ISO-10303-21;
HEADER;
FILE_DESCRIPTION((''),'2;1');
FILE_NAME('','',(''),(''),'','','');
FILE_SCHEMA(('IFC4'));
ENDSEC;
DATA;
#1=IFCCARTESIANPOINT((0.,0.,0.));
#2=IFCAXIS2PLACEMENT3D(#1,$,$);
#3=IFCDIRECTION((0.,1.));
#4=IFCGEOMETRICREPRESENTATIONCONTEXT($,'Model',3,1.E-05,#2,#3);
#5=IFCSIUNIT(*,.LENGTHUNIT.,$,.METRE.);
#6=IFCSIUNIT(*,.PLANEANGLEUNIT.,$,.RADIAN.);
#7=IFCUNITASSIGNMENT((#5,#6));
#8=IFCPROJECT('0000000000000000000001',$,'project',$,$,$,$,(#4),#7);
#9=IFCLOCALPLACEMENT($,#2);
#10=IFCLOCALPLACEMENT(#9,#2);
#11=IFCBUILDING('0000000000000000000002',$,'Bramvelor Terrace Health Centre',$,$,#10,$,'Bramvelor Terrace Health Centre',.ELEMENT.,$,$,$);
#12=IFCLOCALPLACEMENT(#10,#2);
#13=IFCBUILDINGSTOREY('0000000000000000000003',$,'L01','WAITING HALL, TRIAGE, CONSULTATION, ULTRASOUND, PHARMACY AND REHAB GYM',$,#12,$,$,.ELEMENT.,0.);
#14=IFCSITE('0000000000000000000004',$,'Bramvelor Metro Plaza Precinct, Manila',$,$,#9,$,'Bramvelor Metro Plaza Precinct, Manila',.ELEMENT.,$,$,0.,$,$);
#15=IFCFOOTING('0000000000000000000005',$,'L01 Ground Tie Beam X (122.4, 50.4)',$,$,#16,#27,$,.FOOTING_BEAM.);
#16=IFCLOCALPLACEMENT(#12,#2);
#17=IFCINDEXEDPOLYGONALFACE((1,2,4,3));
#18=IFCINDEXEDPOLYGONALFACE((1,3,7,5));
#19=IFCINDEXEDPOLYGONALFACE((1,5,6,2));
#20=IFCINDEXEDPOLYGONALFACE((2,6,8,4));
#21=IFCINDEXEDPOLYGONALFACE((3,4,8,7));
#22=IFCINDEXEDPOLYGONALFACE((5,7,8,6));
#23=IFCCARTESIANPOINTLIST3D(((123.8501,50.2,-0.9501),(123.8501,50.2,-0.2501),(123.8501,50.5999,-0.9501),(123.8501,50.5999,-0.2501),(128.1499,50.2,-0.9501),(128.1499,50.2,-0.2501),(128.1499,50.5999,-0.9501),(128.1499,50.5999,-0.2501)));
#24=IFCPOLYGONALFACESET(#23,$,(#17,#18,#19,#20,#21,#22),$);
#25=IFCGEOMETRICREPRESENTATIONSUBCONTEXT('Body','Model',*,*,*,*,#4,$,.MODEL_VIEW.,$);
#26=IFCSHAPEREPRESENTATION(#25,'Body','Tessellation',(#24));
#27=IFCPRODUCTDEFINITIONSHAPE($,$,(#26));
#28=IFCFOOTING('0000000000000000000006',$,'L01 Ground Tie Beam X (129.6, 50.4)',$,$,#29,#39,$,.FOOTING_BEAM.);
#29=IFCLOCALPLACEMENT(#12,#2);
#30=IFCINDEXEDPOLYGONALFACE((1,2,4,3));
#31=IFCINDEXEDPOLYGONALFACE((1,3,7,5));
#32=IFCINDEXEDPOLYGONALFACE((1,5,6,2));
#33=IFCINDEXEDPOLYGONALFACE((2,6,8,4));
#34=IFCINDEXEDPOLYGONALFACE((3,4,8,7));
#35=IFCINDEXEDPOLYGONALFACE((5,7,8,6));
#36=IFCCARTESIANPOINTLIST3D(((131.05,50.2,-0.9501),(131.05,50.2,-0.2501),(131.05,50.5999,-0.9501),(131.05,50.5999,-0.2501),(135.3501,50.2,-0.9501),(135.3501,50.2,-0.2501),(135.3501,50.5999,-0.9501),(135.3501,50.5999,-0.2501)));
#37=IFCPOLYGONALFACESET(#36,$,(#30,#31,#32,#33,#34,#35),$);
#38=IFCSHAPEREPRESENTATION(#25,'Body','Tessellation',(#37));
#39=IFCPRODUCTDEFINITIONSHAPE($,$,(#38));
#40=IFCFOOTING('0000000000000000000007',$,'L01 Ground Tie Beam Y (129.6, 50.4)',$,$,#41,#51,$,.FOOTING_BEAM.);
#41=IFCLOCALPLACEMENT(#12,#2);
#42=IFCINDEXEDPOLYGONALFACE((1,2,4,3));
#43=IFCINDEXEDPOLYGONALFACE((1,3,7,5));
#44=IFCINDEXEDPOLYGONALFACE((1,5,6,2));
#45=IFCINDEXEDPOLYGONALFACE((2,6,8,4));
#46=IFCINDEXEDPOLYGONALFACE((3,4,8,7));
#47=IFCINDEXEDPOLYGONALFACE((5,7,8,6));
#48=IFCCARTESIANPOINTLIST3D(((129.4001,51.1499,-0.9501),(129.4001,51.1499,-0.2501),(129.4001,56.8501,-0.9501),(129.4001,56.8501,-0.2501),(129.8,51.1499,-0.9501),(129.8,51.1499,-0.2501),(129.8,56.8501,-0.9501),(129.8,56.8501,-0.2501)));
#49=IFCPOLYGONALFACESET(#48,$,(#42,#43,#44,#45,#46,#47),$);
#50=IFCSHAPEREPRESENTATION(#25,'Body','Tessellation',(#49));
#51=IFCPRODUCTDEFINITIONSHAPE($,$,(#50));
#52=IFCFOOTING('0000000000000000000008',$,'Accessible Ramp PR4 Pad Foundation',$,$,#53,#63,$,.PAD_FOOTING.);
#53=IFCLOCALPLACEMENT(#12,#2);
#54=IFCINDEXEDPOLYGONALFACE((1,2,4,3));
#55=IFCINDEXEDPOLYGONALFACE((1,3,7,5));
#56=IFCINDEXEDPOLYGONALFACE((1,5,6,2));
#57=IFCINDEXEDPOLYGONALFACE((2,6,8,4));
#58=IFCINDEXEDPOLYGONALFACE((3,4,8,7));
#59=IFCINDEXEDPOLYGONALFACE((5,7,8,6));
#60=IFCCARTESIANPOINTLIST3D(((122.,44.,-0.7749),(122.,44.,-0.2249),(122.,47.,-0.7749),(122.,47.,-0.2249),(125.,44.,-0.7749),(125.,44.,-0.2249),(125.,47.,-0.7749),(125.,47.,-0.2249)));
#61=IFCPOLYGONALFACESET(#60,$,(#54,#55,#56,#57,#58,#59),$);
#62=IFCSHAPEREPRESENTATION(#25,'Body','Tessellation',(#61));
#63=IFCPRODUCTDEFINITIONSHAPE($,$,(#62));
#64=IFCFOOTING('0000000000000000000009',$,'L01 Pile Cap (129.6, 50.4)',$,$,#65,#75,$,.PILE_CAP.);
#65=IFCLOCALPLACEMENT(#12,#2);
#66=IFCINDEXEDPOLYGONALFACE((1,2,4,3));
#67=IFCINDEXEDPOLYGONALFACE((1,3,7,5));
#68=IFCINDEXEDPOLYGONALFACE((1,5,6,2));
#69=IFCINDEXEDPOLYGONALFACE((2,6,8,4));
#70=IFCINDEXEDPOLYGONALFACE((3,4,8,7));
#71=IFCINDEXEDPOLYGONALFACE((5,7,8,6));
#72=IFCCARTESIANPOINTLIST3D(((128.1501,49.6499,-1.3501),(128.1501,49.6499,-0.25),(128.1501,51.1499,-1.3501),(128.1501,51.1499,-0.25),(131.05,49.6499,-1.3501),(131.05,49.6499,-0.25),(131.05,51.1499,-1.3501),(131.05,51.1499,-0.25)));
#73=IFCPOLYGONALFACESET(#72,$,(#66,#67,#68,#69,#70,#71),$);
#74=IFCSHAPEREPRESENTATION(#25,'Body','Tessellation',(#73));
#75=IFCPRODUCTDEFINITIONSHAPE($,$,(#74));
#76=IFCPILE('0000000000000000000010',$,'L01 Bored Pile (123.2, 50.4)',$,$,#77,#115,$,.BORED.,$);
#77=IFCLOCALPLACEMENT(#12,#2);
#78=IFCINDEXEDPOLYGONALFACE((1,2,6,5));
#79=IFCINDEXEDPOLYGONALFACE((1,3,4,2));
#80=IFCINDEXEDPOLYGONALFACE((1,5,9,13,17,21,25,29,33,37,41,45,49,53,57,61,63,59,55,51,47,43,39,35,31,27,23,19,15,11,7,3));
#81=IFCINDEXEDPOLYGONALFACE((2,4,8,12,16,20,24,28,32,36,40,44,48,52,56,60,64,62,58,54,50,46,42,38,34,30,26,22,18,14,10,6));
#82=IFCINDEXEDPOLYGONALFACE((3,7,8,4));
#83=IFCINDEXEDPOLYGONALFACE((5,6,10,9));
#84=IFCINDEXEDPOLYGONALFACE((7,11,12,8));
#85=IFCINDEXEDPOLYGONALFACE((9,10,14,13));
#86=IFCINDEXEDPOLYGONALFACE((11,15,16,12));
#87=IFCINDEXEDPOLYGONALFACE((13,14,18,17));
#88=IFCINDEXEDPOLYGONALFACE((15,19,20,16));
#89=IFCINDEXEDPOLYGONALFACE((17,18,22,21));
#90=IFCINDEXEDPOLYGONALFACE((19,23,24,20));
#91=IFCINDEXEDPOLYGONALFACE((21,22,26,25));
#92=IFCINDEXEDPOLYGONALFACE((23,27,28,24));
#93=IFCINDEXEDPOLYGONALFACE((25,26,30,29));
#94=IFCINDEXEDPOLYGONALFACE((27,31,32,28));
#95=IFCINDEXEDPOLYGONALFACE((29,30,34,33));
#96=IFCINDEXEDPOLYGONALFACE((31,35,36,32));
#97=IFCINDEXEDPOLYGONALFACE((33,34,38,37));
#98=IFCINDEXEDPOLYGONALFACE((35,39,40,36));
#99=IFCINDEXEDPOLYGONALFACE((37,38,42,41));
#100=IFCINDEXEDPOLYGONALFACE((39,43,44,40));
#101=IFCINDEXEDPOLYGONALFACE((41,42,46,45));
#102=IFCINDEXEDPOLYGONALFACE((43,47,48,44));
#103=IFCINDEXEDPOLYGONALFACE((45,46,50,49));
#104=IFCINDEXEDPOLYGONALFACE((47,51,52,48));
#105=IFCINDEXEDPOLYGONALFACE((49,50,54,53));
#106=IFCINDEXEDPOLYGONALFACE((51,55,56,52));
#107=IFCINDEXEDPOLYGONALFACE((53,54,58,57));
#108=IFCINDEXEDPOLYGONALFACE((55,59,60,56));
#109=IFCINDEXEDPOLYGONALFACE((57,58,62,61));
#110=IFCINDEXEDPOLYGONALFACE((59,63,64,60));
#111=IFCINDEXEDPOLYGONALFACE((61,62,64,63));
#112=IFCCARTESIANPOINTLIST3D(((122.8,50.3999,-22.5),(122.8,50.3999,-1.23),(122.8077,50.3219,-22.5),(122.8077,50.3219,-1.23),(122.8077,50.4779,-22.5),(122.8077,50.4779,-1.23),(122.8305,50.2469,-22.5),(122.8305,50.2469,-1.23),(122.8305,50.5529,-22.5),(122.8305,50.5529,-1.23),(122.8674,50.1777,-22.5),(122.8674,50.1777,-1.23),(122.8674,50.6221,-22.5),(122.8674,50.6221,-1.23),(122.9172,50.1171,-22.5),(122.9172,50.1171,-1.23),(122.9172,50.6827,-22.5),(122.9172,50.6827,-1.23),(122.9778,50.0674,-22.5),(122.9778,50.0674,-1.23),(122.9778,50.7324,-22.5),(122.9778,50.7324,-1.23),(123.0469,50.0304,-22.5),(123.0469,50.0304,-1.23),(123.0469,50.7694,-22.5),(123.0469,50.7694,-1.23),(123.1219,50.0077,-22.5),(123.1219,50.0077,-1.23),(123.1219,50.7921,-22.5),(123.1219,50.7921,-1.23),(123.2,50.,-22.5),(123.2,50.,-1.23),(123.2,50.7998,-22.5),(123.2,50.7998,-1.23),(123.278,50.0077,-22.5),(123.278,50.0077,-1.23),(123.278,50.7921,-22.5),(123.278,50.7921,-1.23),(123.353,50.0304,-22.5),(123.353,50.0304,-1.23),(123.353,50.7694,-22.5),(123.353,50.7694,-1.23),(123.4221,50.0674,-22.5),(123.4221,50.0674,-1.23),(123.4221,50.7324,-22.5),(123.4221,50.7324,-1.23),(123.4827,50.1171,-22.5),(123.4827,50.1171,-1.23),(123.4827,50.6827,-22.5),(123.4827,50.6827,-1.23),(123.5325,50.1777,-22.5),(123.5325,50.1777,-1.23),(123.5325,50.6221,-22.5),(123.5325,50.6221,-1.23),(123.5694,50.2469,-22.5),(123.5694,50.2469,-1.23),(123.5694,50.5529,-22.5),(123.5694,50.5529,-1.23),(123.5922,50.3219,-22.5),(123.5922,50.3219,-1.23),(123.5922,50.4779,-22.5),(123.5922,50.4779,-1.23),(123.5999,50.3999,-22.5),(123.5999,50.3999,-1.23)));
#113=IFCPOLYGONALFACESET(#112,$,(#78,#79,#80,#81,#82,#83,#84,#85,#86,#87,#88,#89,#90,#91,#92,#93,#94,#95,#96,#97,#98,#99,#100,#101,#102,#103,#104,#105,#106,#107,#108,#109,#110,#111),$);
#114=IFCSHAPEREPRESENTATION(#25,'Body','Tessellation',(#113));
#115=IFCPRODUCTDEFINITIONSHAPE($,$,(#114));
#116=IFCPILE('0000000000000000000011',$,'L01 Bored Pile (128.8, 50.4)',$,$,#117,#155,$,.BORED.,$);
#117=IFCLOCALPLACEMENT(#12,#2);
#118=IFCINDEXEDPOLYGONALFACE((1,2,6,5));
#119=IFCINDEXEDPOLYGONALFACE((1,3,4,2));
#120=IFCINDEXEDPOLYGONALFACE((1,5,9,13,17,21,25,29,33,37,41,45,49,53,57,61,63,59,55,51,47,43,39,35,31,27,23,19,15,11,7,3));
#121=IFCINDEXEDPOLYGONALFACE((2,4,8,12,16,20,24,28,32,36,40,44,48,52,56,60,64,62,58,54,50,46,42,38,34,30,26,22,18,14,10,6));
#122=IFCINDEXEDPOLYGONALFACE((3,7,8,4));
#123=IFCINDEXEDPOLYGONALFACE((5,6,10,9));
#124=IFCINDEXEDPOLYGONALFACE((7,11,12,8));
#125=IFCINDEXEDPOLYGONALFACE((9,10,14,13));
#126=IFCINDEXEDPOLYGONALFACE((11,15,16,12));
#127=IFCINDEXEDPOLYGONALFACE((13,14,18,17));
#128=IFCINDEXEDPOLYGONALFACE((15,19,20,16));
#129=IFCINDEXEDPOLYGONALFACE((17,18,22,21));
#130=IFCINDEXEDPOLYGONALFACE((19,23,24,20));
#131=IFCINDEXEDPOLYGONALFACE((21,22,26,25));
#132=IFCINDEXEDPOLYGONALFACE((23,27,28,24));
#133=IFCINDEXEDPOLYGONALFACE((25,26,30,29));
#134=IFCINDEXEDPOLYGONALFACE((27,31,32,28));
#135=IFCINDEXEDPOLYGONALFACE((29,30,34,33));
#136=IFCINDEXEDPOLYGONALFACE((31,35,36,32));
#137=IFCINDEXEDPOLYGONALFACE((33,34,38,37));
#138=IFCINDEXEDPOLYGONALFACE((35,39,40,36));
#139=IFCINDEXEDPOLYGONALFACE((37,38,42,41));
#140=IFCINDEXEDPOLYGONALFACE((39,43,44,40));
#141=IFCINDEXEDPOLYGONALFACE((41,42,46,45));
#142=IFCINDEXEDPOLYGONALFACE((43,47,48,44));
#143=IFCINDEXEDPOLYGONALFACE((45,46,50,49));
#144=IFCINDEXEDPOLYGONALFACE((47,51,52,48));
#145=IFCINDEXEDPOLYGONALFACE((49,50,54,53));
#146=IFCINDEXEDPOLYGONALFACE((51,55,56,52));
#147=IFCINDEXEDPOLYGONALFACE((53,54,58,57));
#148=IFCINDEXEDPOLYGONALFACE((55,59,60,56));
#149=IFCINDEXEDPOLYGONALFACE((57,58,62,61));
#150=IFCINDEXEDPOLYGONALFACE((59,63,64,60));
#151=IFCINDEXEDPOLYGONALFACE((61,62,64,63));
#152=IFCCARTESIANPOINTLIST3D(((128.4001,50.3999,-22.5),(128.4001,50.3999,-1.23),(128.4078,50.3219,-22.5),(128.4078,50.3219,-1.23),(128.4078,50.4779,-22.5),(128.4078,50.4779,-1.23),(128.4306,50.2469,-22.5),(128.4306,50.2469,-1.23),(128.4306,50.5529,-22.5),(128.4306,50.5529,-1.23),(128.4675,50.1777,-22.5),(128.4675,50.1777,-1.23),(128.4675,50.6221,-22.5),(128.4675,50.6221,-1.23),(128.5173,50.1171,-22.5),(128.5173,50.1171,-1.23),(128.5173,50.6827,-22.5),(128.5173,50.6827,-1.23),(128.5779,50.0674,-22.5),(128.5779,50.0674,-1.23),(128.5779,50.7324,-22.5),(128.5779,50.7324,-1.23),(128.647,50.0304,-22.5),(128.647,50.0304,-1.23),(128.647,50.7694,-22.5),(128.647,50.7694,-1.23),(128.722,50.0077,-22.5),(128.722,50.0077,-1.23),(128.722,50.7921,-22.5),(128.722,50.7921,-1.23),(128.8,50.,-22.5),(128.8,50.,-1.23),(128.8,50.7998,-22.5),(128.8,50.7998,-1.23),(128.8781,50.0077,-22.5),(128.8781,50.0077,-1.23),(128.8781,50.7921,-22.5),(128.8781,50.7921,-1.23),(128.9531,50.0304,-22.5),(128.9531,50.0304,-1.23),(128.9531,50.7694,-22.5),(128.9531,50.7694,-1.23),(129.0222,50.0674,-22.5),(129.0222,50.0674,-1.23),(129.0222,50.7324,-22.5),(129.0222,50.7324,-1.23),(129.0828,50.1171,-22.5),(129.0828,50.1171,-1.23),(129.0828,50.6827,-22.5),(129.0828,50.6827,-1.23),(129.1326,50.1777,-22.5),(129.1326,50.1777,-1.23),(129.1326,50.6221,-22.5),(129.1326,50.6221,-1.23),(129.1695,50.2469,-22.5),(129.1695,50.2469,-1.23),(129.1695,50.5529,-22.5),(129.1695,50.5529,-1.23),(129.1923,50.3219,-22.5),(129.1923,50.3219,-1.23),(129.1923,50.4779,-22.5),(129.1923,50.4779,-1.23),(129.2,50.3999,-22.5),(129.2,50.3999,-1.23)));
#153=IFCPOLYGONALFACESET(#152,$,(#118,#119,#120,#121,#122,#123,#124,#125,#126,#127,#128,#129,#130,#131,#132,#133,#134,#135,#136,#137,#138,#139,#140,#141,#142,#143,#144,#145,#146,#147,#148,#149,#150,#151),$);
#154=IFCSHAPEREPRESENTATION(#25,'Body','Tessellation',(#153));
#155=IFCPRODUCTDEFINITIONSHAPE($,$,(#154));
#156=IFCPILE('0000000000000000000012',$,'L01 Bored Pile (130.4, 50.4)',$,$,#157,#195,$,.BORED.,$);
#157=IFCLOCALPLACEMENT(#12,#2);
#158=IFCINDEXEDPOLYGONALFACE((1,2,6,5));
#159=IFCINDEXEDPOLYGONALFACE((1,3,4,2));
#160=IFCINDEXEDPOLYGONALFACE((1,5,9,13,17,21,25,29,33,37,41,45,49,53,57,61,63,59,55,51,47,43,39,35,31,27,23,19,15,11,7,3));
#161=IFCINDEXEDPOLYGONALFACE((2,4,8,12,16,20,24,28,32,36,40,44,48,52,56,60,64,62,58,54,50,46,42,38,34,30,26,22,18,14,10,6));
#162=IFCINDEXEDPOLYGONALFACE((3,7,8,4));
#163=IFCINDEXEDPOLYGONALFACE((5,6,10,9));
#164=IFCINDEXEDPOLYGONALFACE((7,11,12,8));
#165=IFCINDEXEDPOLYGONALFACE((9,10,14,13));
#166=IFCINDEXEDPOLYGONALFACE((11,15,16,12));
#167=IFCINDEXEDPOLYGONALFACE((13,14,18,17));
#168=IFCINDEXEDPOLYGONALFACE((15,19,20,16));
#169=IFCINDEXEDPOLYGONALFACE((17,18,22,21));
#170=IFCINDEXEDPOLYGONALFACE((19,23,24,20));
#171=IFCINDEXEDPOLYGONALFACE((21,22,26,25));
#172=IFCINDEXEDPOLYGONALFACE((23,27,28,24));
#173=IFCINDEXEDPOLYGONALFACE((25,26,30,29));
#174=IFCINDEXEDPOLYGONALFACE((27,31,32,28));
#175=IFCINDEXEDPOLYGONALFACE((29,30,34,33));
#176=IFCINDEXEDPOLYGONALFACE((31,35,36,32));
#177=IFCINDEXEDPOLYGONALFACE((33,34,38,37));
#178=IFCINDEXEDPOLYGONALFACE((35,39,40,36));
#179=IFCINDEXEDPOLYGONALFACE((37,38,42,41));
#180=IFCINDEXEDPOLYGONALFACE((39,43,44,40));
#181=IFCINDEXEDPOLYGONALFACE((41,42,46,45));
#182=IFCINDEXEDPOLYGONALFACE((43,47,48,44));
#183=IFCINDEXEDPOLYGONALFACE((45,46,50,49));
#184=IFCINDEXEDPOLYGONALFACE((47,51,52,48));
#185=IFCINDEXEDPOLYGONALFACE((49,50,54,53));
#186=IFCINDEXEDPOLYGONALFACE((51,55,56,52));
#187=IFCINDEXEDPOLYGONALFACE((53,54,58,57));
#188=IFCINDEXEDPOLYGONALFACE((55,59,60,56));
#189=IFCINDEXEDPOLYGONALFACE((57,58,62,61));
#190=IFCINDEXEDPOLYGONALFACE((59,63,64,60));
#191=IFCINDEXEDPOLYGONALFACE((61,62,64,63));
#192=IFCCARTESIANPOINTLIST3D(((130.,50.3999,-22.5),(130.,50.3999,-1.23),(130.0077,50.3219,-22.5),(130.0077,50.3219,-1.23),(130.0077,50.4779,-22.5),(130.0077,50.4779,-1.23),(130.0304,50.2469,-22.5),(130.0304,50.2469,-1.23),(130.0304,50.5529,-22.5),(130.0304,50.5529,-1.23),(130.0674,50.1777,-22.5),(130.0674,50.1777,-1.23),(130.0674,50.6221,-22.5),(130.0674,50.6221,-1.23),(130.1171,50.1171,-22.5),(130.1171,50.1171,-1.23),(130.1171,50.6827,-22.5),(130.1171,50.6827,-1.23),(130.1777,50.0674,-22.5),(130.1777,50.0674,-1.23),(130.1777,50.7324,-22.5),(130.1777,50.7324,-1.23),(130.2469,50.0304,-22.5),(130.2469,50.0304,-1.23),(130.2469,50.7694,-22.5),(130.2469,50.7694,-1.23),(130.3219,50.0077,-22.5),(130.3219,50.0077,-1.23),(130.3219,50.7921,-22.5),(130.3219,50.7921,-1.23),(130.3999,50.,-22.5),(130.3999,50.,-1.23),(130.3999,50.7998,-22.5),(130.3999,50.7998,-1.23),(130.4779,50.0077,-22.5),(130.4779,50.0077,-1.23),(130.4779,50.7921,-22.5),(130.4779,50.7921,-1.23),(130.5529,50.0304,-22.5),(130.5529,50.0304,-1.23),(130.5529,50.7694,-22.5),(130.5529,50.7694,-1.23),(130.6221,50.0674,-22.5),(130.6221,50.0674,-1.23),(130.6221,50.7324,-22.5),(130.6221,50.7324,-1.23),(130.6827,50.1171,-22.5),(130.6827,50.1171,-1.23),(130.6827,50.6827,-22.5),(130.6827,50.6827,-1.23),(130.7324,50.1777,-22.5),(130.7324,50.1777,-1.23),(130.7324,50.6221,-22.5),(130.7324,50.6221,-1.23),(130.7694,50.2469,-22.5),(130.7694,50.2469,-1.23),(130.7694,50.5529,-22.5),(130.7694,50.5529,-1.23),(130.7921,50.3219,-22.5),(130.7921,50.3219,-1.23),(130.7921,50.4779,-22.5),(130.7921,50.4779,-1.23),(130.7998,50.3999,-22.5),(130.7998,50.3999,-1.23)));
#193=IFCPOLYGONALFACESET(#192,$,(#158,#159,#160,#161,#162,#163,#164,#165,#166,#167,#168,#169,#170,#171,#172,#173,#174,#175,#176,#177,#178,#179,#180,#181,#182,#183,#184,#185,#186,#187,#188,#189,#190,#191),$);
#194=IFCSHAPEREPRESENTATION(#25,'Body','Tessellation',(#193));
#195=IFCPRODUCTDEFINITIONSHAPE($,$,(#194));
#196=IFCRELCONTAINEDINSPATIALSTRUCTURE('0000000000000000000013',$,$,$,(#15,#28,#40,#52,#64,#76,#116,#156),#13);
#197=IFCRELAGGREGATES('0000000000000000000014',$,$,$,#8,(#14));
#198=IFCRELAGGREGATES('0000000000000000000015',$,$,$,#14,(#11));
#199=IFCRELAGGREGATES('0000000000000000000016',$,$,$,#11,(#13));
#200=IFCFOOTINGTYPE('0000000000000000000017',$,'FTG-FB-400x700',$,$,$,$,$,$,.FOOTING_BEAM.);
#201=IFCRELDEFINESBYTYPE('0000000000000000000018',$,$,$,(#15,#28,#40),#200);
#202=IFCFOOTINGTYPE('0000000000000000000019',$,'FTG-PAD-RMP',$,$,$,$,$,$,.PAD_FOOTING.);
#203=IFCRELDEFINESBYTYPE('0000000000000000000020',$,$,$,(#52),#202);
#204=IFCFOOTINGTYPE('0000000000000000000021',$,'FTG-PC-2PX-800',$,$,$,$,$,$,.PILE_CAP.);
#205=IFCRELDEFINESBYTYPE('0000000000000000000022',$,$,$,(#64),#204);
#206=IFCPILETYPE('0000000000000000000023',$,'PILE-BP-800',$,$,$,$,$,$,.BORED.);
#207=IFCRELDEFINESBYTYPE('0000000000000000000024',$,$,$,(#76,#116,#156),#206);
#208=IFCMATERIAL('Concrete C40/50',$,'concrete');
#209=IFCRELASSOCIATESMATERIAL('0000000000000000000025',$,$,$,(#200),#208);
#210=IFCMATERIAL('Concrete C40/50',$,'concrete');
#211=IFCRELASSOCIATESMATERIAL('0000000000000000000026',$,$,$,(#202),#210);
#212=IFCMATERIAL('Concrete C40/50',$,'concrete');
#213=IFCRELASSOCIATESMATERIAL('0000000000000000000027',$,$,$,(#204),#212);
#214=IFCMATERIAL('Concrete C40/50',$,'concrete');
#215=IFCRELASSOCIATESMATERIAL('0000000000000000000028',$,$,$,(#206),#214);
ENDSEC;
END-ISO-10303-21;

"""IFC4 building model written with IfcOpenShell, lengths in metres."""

from ifc_helpers import new_model, si_unit, direction, frame, origin, origin_2d, place, context, subcontext, project, spatial, rectangle, circle, extrude, material, material_profile, profile_set, type_object, element, save


model = new_model("IFC4")

# Units and contexts
model_context = context("Model", 3, precision=1e-05, world=origin(), true_north=direction((0.0, 1.0)))
body_context = subcontext(model_context, "Body", "Model", "MODEL_VIEW")
ifc_project = project(units=[si_unit("LENGTHUNIT", "METRE"), si_unit("PLANEANGLEUNIT", "RADIAN")], contexts=[model_context])

# Site, building, storey
site_placement = place(None, origin())
site = spatial("IfcSite", under=ifc_project, at=site_placement, Name="Bramvelor Metro Plaza Precinct, Manila", LongName="Bramvelor Metro Plaza Precinct, Manila", CompositionType="ELEMENT", RefElevation=0.0)
building_placement = place(site_placement, origin())
building = spatial("IfcBuilding", under=site, at=building_placement, Name="Bramvelor Terrace Health Centre", LongName="Bramvelor Terrace Health Centre", CompositionType="ELEMENT")
storey_placement = place(building_placement, origin())
storey = spatial("IfcBuildingStorey", under=building, at=storey_placement, Name="L01", Description="WAITING HALL, TRIAGE, CONSULTATION, ULTRASOUND, PHARMACY AND REHAB GYM", CompositionType="ELEMENT", Elevation=0.0)

# Footings
ifc_material_1 = material(Name="Concrete C40/50", Category="concrete")
ifc_material_profile_1 = material_profile(ifc_material_1, rectangle(XDim=0.3999, YDim=0.7, at=origin_2d()), Name="RC 400x700")
ifc_profile_set_1 = profile_set([ifc_material_profile_1], Name="Concrete C40/50")
footing_type_1 = type_object("IfcFootingType", Name="FTG-FB-400x700", PredefinedType="FOOTING_BEAM", material=ifc_profile_set_1)
footing_1_placement = place(storey_placement, frame((123.8501, 50.3999, -0.6001), z_axis=(1.0, 0.0, 0.0), x_axis=(0.0, 1.0, 0.0)))
element("IfcFooting", 1, at=footing_1_placement, inside=storey, type_object=footing_type_1, Name="L01 Ground Tie Beam X (122.4, 50.4)", PredefinedType="FOOTING_BEAM", context=body_context, shape_type="SweptSolid", body=[
    extrude(rectangle(XDim=0.3999, YDim=0.7, at=origin_2d()), origin(), (0.0, 0.0, 1.0), 4.2998),
])
footing_2_placement = place(storey_placement, frame((131.05, 50.3999, -0.6001), z_axis=(1.0, 0.0, 0.0), x_axis=(0.0, 1.0, 0.0)))
element("IfcFooting", 2, at=footing_2_placement, inside=storey, type_object=footing_type_1, Name="L01 Ground Tie Beam X (129.6, 50.4)", PredefinedType="FOOTING_BEAM", context=body_context, shape_type="SweptSolid", body=[
    extrude(rectangle(XDim=0.3999, YDim=0.7, at=origin_2d()), origin(), (0.0, 0.0, 1.0), 4.3),
])
footing_3_placement = place(storey_placement, frame((129.6001, 51.1499, -0.6001), z_axis=(0.0, 1.0, 0.0), x_axis=(-1.0, 0.0, 0.0)))
element("IfcFooting", 3, at=footing_3_placement, inside=storey, type_object=footing_type_1, Name="L01 Ground Tie Beam Y (129.6, 50.4)", PredefinedType="FOOTING_BEAM", context=body_context, shape_type="SweptSolid", body=[
    extrude(rectangle(XDim=0.3999, YDim=0.7, at=origin_2d()), origin(), (0.0, 0.0, 1.0), 5.7002),
])
ifc_material_2 = material(Name="Concrete C40/50", Category="concrete")
footing_type_2 = type_object("IfcFootingType", Name="FTG-PAD-RMP", PredefinedType="PAD_FOOTING", material=ifc_material_2)
footing_4_placement = place(storey_placement, frame((123.5, 45.5, -0.7749), z_axis=(0.0, 0.0, 1.0), x_axis=(1.0, 0.0, 0.0)))
element("IfcFooting", 4, at=footing_4_placement, inside=storey, type_object=footing_type_2, Name="Accessible Ramp PR4 Pad Foundation", PredefinedType="PAD_FOOTING", context=body_context, shape_type="SweptSolid", body=[
    extrude(rectangle(XDim=3.0, YDim=3.0, at=origin_2d()), origin(), (0.0, 0.0, 1.0), 0.55),
])
ifc_material_3 = material(Name="Concrete C40/50", Category="concrete")
footing_type_3 = type_object("IfcFootingType", Name="FTG-PC-2PX-800", PredefinedType="PILE_CAP", material=ifc_material_3)
footing_5_placement = place(storey_placement, frame((129.6001, 50.3999, -1.3501), z_axis=(0.0, 0.0, 1.0), x_axis=(1.0, 0.0, 0.0)))
element("IfcFooting", 5, at=footing_5_placement, inside=storey, type_object=footing_type_3, Name="L01 Pile Cap (129.6, 50.4)", PredefinedType="PILE_CAP", context=body_context, shape_type="SweptSolid", body=[
    extrude(rectangle(XDim=2.8999, YDim=1.5, at=origin_2d()), origin(), (0.0, 0.0, 1.0), 1.1001),
])

# Piles
ifc_material_4 = material(Name="Concrete C40/50", Category="concrete")
ifc_material_profile_2 = material_profile(ifc_material_4, circle(Radius=0.3999, at=origin_2d()), Name="BP D800")
ifc_profile_set_2 = profile_set([ifc_material_profile_2], Name="Concrete C40/50")
pile_type = type_object("IfcPileType", Name="PILE-BP-800", PredefinedType="BORED", material=ifc_profile_set_2)
for number, where, z_axis, x_axis, name in (
    (6, (123.2, 50.3999, -1.23), (0.0, 0.0, -1.0), (1.0, 0.0, 0.0), "L01 Bored Pile (123.2, 50.4)"),
    (7, (128.8, 50.3999, -1.23), (0.0, 0.0, -1.0), (1.0, 0.0, 0.0), "L01 Bored Pile (128.8, 50.4)"),
    (8, (130.3999, 50.3999, -1.23), (0.0, 0.0, -1.0), (1.0, 0.0, 0.0), "L01 Bored Pile (130.4, 50.4)"),
):
    element("IfcPile", number, at=place(storey_placement, frame(where, z_axis=z_axis, x_axis=x_axis)), inside=storey, type_object=pile_type, Name=name, PredefinedType="BORED", context=body_context, shape_type="SweptSolid", body=[
        extrude(circle(Radius=0.3999, at=origin_2d()), origin(), (0.0, 0.0, 1.0), 21.27),
    ])

save(model, "model.ifc")
